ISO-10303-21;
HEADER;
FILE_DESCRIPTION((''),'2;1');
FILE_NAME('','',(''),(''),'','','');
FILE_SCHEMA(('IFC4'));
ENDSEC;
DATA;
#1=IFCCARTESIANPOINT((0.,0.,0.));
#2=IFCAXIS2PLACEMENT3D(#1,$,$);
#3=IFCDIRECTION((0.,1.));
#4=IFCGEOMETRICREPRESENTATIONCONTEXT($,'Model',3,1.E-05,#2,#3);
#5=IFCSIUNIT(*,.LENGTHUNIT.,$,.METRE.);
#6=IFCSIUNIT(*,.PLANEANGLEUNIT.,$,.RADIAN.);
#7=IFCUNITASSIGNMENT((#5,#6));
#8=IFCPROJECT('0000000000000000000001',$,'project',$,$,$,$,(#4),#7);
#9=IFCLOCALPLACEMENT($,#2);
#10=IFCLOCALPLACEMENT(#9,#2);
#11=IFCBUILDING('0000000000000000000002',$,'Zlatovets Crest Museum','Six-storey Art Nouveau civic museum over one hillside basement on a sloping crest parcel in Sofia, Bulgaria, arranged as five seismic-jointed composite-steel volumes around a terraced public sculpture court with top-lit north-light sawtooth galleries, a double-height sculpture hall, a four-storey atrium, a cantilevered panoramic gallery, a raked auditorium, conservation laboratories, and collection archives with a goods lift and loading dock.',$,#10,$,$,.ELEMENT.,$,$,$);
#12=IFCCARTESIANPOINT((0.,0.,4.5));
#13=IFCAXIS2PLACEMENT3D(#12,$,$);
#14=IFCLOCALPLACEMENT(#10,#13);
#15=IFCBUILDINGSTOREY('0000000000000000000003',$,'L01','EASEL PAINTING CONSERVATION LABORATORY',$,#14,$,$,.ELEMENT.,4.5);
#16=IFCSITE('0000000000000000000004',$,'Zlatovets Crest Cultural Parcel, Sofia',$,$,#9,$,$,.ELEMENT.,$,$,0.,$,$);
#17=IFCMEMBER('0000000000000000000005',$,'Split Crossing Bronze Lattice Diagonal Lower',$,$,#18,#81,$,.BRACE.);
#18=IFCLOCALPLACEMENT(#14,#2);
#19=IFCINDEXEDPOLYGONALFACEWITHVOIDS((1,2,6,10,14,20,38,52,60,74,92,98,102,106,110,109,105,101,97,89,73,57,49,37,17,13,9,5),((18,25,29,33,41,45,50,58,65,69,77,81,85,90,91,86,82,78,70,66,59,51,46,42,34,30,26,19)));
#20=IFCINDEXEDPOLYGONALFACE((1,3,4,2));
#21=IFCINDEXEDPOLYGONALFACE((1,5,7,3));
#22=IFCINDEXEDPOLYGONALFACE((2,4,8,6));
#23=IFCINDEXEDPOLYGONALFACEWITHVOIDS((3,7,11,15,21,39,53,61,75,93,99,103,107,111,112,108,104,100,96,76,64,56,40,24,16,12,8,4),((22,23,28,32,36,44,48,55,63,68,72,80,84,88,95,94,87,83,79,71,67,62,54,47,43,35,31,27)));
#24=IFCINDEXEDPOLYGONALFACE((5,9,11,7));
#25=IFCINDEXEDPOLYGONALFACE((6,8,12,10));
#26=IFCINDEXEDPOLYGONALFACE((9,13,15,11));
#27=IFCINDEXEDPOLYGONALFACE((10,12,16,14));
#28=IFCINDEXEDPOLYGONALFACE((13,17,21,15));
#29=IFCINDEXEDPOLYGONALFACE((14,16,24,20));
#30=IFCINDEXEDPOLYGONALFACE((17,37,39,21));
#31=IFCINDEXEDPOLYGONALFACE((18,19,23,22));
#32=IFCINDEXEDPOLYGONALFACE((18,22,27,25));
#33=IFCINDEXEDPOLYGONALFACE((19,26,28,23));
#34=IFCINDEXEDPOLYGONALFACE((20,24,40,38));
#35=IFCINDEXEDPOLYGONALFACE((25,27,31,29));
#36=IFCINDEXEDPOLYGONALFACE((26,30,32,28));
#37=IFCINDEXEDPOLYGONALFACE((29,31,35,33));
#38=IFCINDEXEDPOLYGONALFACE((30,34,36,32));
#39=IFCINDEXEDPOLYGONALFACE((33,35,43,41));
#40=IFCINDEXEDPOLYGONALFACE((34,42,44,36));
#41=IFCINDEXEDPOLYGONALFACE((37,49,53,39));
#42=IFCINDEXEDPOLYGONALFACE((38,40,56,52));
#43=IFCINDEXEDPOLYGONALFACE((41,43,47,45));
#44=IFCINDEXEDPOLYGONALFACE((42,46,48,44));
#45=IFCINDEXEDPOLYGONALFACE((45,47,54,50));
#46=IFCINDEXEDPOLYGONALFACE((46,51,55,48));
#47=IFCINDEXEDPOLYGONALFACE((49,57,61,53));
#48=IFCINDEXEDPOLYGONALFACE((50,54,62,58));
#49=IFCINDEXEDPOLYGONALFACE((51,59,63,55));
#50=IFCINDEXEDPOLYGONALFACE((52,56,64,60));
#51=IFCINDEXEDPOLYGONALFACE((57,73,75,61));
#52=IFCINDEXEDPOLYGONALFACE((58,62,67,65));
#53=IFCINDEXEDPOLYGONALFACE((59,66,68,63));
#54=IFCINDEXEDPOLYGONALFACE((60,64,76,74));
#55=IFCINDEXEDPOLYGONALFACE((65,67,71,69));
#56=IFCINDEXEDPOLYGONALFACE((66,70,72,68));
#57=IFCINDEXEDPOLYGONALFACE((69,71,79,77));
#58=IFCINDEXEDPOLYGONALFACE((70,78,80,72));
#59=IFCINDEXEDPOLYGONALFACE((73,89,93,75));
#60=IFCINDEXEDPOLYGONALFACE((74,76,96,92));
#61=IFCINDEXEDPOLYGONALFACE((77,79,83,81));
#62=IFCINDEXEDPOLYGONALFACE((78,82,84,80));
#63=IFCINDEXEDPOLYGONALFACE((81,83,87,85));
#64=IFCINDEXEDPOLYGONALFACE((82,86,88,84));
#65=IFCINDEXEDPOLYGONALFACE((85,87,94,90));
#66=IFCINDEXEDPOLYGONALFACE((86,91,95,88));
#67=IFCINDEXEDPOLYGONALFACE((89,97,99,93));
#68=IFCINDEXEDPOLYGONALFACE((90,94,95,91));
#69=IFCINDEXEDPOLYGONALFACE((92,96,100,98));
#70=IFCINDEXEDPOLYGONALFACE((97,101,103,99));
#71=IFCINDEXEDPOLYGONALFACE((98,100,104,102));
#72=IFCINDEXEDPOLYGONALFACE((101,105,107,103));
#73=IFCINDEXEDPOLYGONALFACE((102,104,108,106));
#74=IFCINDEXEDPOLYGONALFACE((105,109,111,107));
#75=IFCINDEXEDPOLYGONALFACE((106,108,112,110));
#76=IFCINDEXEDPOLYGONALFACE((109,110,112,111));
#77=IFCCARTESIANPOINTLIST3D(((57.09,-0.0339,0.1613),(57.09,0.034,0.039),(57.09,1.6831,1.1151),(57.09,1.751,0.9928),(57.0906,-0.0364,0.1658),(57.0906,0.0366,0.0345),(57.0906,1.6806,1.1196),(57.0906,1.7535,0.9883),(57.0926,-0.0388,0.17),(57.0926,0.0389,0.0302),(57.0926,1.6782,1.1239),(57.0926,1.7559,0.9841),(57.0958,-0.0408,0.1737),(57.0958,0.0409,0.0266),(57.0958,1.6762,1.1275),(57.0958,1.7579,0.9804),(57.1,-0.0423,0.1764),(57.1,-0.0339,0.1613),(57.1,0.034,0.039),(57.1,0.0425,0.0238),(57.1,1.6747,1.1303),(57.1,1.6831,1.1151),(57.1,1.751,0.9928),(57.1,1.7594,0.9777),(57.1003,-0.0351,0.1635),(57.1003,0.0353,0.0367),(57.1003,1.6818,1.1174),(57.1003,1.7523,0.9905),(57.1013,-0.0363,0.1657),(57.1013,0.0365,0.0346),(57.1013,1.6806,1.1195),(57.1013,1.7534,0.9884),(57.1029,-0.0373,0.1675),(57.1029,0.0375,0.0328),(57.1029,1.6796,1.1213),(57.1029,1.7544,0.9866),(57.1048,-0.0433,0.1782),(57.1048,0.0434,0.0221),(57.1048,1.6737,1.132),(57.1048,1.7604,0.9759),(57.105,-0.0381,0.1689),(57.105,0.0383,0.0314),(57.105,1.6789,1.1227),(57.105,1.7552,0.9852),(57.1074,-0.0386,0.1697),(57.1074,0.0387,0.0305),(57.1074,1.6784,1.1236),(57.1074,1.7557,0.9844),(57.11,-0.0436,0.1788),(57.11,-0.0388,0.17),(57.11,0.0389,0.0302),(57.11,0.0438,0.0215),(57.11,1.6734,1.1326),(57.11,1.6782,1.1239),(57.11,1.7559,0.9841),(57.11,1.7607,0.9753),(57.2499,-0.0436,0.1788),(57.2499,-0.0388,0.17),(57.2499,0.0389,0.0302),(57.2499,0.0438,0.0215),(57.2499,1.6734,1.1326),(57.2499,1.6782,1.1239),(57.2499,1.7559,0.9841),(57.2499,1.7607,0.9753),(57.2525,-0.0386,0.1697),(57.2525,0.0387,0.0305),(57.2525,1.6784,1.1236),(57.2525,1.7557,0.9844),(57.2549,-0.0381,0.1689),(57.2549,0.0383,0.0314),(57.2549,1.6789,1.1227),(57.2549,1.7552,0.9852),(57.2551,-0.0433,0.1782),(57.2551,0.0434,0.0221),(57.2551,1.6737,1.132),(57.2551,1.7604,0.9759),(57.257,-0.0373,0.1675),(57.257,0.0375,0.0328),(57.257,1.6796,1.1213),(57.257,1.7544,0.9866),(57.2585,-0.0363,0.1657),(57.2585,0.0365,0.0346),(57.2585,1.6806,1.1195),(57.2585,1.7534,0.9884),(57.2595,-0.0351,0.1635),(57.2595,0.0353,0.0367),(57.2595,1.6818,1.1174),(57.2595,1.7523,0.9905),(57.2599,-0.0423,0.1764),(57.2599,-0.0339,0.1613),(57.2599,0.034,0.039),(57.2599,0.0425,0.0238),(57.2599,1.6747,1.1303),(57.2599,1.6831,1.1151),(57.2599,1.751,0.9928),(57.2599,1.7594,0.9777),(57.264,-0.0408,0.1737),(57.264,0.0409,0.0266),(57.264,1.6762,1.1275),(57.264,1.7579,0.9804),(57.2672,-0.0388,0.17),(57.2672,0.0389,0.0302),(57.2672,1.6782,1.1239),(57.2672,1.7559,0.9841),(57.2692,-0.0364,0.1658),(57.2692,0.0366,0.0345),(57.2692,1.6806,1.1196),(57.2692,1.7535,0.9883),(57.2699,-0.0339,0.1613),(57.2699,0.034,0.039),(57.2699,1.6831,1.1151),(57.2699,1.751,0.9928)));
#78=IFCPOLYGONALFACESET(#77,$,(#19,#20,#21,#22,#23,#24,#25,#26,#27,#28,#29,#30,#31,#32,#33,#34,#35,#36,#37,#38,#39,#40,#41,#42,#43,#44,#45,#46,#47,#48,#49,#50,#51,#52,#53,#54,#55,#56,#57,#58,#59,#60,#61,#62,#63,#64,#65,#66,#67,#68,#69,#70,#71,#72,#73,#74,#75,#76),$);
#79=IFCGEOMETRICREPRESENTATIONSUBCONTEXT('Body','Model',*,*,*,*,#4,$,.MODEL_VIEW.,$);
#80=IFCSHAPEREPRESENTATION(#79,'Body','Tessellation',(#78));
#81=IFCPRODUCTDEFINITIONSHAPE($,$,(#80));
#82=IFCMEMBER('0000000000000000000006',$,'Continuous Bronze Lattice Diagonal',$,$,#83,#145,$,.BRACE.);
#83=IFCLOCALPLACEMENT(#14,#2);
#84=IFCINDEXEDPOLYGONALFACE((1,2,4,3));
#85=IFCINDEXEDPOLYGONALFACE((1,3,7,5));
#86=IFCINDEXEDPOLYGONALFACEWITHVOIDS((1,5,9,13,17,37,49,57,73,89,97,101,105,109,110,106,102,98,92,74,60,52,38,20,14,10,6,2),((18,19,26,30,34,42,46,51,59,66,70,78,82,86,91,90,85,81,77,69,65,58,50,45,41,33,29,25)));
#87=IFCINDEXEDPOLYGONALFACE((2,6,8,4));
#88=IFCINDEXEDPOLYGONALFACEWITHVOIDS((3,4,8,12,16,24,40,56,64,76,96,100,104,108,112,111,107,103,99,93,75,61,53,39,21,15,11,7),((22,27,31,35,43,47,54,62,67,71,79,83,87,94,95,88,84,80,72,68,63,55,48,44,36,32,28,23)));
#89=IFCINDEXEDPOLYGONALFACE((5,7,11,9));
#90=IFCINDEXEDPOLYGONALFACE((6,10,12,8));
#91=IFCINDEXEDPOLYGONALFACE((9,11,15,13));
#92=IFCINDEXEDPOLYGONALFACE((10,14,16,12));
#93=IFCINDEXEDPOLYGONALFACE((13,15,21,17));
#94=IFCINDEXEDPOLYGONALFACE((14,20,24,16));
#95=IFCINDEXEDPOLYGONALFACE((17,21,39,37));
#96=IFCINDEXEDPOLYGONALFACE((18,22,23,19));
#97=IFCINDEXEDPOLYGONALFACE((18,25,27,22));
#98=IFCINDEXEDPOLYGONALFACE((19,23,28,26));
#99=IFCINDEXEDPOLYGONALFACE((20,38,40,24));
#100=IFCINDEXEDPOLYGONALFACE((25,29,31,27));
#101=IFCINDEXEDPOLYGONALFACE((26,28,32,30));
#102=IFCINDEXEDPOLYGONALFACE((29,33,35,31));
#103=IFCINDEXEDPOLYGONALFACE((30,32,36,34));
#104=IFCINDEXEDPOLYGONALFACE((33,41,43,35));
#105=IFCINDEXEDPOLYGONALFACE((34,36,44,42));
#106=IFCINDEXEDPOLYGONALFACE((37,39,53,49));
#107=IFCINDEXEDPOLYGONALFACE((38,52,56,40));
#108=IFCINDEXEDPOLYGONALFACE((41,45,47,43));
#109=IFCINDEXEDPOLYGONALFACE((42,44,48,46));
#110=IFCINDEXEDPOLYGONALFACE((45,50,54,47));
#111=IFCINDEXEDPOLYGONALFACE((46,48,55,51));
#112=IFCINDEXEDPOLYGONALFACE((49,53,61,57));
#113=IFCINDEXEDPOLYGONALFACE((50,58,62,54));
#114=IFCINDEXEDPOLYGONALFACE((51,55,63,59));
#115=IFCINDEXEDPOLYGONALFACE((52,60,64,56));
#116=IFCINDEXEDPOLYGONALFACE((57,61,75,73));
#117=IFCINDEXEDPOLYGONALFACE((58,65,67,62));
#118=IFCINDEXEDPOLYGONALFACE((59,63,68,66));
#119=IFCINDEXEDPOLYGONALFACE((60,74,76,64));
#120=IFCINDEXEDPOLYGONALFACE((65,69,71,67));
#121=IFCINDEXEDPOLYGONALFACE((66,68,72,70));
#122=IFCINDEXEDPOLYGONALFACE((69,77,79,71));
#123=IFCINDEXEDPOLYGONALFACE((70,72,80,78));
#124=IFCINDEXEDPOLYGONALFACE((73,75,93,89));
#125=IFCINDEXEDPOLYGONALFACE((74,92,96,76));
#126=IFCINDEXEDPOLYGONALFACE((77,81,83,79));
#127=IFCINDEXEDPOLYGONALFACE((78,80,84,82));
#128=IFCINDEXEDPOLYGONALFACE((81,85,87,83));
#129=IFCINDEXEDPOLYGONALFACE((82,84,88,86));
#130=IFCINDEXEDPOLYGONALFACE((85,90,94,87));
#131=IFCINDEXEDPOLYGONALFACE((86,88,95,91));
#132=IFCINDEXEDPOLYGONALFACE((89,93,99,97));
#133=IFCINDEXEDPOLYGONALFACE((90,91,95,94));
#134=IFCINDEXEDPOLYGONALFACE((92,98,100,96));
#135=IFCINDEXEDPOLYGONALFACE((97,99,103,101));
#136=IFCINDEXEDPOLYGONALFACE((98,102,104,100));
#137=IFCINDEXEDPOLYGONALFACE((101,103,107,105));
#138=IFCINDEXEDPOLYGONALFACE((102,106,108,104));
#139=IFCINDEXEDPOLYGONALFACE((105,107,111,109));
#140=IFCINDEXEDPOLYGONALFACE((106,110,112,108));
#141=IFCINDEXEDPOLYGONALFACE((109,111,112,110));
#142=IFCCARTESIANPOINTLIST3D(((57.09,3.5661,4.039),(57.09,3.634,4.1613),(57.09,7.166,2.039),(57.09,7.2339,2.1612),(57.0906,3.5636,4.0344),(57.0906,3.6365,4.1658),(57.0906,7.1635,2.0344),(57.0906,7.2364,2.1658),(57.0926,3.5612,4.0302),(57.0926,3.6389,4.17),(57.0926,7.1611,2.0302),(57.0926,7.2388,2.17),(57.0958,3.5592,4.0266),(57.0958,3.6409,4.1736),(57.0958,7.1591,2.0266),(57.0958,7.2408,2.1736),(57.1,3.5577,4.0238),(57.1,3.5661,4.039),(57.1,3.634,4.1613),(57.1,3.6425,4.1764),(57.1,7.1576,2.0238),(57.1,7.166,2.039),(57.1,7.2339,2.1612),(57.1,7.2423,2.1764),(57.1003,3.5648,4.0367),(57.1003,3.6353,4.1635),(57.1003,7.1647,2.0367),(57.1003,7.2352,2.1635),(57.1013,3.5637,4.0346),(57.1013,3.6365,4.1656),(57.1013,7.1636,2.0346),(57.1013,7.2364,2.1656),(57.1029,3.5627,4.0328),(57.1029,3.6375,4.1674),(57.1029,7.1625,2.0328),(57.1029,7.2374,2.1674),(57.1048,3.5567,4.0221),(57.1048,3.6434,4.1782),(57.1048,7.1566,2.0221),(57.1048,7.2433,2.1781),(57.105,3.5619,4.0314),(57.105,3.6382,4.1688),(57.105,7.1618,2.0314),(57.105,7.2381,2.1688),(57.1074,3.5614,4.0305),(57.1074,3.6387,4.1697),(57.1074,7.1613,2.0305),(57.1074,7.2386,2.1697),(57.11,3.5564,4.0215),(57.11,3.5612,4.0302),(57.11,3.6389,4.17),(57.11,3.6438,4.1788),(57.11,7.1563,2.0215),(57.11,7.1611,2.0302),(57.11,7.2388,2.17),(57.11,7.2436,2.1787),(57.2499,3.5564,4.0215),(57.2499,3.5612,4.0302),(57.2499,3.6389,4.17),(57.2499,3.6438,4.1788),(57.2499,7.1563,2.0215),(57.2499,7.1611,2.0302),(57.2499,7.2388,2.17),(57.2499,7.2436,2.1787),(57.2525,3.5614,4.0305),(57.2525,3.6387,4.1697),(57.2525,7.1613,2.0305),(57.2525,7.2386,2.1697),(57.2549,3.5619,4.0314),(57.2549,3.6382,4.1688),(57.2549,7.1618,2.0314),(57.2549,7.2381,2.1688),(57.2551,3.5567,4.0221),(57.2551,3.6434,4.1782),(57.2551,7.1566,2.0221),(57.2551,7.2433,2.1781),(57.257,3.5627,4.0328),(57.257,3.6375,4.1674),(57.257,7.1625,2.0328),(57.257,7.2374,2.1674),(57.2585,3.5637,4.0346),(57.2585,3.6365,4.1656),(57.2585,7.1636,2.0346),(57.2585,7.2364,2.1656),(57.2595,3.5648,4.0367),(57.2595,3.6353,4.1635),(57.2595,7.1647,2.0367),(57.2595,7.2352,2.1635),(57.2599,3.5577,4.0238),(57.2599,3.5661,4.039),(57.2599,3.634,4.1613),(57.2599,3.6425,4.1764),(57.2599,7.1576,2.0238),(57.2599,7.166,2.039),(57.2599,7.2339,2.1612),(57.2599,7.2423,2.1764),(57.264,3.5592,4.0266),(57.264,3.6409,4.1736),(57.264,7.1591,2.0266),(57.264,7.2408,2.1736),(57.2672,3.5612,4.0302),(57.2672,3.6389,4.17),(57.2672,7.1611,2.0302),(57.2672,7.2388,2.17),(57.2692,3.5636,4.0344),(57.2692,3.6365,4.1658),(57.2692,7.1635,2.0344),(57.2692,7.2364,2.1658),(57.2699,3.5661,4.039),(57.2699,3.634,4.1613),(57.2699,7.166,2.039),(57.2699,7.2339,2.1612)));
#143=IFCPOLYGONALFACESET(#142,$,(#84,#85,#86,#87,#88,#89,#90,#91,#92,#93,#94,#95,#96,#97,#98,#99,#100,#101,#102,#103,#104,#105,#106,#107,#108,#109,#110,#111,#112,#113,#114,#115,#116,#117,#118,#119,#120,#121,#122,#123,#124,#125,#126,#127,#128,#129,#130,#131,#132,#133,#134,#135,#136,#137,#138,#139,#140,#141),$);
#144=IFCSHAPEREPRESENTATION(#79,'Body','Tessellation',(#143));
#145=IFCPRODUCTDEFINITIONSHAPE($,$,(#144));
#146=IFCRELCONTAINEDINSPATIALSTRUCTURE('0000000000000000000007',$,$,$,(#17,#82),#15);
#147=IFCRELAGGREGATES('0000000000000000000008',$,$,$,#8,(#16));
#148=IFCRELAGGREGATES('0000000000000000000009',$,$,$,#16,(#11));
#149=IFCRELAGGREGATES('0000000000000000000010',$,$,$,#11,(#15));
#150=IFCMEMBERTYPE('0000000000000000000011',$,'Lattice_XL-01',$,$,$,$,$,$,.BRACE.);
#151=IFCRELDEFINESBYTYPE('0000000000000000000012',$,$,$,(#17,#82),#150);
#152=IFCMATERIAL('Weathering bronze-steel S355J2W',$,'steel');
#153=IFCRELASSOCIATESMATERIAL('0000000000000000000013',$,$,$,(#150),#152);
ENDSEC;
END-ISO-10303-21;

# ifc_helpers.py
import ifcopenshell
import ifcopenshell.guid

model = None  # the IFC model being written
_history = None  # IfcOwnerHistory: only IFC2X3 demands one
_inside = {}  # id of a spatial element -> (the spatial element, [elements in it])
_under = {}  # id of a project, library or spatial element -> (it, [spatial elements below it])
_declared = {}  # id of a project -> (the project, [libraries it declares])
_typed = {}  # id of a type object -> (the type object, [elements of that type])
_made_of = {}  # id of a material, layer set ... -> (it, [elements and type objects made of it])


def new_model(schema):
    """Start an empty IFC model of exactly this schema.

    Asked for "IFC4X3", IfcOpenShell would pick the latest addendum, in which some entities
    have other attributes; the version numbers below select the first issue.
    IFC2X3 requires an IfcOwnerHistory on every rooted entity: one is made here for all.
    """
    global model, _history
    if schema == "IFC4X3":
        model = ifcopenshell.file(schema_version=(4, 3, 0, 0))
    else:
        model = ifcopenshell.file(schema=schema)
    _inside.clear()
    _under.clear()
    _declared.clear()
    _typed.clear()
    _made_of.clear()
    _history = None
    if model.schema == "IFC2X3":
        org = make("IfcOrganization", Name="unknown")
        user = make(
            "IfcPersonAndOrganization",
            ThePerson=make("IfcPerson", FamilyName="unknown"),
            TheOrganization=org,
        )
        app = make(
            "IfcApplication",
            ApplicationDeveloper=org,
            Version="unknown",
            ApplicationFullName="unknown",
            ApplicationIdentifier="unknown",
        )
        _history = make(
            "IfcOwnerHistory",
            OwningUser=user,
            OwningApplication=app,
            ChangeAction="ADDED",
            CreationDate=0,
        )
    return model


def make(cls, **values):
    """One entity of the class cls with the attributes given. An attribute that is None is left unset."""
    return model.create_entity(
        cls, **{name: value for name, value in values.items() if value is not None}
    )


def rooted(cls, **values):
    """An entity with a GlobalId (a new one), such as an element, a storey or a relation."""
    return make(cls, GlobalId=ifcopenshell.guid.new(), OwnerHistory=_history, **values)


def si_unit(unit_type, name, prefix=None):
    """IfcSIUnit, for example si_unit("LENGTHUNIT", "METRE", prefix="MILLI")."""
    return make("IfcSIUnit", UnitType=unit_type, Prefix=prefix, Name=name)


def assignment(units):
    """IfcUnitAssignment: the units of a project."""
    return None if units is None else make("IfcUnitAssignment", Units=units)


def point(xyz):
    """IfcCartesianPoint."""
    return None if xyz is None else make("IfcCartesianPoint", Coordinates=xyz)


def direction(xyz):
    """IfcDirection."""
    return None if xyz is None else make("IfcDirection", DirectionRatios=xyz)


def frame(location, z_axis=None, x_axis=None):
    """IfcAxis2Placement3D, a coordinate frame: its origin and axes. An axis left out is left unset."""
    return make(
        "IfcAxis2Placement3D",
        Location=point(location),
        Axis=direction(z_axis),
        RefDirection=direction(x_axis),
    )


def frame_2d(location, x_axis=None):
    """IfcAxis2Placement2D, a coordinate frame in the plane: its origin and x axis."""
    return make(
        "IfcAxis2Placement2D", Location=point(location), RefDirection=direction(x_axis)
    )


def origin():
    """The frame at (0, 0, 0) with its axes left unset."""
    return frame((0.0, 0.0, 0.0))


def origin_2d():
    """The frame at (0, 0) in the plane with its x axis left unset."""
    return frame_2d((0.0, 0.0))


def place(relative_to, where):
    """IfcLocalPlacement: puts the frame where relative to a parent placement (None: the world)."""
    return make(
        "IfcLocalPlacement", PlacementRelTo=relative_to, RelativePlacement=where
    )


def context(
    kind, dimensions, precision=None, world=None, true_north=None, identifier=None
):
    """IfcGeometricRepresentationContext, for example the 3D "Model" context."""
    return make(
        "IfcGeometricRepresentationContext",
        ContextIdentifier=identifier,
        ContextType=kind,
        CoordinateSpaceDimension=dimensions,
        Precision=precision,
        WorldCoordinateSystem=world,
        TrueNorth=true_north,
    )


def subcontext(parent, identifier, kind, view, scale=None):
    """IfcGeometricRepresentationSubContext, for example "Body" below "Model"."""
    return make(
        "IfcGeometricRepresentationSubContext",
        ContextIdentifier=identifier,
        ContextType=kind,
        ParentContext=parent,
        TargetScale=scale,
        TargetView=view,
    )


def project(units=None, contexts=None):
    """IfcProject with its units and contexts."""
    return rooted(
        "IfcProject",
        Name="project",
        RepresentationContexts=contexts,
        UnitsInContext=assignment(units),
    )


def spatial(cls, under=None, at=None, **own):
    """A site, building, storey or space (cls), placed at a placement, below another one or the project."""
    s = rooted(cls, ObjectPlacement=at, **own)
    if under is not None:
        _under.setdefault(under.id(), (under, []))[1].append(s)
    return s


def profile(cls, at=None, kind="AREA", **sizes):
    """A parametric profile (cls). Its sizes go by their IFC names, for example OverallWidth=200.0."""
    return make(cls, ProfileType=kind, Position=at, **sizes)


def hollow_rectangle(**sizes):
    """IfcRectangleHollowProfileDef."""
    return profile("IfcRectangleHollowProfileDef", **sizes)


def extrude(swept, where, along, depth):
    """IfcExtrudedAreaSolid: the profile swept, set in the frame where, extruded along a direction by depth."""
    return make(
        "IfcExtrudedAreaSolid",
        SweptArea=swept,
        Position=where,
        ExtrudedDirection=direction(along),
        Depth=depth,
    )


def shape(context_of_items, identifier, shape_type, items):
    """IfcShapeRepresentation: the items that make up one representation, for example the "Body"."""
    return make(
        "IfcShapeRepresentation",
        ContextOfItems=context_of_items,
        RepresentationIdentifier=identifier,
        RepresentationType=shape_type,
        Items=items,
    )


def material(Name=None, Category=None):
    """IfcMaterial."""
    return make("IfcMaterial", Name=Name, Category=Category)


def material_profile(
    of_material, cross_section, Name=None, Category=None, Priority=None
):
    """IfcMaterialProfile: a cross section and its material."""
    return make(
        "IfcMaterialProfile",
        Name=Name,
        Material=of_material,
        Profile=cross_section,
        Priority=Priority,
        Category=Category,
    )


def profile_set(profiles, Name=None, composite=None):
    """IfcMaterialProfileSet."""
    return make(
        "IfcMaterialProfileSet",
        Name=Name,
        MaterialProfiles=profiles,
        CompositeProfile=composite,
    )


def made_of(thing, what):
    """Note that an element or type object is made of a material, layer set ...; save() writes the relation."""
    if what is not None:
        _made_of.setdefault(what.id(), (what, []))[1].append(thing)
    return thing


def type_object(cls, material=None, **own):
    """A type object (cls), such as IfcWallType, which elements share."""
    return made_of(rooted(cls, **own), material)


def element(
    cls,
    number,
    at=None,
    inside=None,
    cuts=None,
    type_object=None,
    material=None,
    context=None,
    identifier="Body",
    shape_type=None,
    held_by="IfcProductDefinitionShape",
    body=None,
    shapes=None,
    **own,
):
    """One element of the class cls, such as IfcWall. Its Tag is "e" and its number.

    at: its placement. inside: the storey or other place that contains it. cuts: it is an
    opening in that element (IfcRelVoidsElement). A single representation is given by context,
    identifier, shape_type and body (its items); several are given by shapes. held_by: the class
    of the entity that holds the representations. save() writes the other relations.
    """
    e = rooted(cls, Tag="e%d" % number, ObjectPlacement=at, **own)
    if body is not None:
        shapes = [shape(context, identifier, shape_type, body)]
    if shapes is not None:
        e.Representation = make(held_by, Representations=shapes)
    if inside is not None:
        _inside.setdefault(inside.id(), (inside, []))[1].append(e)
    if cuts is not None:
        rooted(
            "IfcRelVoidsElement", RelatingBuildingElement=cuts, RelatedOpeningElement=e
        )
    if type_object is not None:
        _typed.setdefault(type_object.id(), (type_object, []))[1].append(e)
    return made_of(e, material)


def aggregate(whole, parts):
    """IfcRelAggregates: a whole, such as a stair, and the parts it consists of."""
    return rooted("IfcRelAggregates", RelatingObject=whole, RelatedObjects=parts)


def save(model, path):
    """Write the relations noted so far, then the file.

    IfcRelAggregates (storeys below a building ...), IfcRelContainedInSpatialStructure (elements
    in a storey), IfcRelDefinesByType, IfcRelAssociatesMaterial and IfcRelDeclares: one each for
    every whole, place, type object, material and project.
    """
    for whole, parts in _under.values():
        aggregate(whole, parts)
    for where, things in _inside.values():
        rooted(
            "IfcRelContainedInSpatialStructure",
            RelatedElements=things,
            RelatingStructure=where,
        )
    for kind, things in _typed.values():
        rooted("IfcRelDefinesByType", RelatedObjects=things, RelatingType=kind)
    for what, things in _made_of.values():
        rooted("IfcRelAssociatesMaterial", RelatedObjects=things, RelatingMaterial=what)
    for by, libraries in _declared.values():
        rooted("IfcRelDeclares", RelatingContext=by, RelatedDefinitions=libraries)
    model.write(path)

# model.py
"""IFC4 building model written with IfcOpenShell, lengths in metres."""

from ifc_helpers import new_model, si_unit, direction, frame, origin, origin_2d, place, context, subcontext, project, spatial, hollow_rectangle, extrude, material, material_profile, profile_set, type_object, element, save


model = new_model("IFC4")

# Units and contexts
model_context = context("Model", 3, precision=1e-05, world=origin(), true_north=direction((0.0, 1.0)))
body_context = subcontext(model_context, "Body", "Model", "MODEL_VIEW")
ifc_project = project(units=[si_unit("LENGTHUNIT", "METRE"), si_unit("PLANEANGLEUNIT", "RADIAN")], contexts=[model_context])

# Site, building, storey
site_placement = place(None, origin())
site = spatial("IfcSite", under=ifc_project, at=site_placement, Name="Zlatovets Crest Cultural Parcel, Sofia", CompositionType="ELEMENT", RefElevation=0.0)
building_placement = place(site_placement, origin())
building = spatial("IfcBuilding", under=site, at=building_placement, Name="Zlatovets Crest Museum", Description="Six-storey Art Nouveau civic museum over one hillside basement on a sloping crest parcel in Sofia, Bulgaria, arranged as five seismic-jointed composite-steel volumes around a terraced public sculpture court with top-lit north-light sawtooth galleries, a double-height sculpture hall, a four-storey atrium, a cantilevered panoramic gallery, a raked auditorium, conservation laboratories, and collection archives with a goods lift and loading dock.", CompositionType="ELEMENT")
storey_placement = place(building_placement, frame((0.0, 0.0, 4.5)))
storey = spatial("IfcBuildingStorey", under=building, at=storey_placement, Name="L01", Description="EASEL PAINTING CONSERVATION LABORATORY", CompositionType="ELEMENT", Elevation=4.5)

# Members
ifc_material_1 = material(Name="Weathering bronze-steel S355J2W", Category="steel")
ifc_material_profile_1 = material_profile(ifc_material_1, hollow_rectangle(XDim=0.1799, YDim=0.1799, WallThickness=0.01, InnerFilletRadius=0.01, OuterFilletRadius=0.02, at=origin_2d()), Name="SHS 180x180x10.0")
ifc_profile_set_1 = profile_set([ifc_material_profile_1], Name="Weathering bronze-steel S355J2W")
member_type_1 = type_object("IfcMemberType", Name="Lattice_XL-01", PredefinedType="BRACE", material=ifc_profile_set_1)
member_1_placement = place(storey_placement, frame((57.1799, 1.717, 1.054), z_axis=(0.0, -0.874169, -0.485622), x_axis=(1.0, 0.0, 0.0)))
element("IfcMember", 1, at=member_1_placement, inside=storey, type_object=member_type_1, Name="Split Crossing Bronze Lattice Diagonal Lower", PredefinedType="BRACE", context=body_context, shape_type="SweptSolid", body=[
    extrude(hollow_rectangle(XDim=0.1799, YDim=0.1799, WallThickness=0.01, InnerFilletRadius=0.01, OuterFilletRadius=0.02, at=origin_2d()), origin(), (0.0, 0.0, 1.0), 1.9641),
])
member_2_placement = place(storey_placement, frame((57.1799, 7.2, 2.1001), z_axis=(0.0, -0.874149, 0.485658), x_axis=(1.0, 0.0, 0.0)))
element("IfcMember", 2, at=member_2_placement, inside=storey, type_object=member_type_1, Name="Continuous Bronze Lattice Diagonal", PredefinedType="BRACE", context=body_context, shape_type="SweptSolid", body=[
    extrude(hollow_rectangle(XDim=0.1799, YDim=0.1799, WallThickness=0.01, InnerFilletRadius=0.01, OuterFilletRadius=0.02, at=origin_2d()), origin(), (0.0, 0.0, 1.0), 4.1182),
])

save(model, "model.ifc")
